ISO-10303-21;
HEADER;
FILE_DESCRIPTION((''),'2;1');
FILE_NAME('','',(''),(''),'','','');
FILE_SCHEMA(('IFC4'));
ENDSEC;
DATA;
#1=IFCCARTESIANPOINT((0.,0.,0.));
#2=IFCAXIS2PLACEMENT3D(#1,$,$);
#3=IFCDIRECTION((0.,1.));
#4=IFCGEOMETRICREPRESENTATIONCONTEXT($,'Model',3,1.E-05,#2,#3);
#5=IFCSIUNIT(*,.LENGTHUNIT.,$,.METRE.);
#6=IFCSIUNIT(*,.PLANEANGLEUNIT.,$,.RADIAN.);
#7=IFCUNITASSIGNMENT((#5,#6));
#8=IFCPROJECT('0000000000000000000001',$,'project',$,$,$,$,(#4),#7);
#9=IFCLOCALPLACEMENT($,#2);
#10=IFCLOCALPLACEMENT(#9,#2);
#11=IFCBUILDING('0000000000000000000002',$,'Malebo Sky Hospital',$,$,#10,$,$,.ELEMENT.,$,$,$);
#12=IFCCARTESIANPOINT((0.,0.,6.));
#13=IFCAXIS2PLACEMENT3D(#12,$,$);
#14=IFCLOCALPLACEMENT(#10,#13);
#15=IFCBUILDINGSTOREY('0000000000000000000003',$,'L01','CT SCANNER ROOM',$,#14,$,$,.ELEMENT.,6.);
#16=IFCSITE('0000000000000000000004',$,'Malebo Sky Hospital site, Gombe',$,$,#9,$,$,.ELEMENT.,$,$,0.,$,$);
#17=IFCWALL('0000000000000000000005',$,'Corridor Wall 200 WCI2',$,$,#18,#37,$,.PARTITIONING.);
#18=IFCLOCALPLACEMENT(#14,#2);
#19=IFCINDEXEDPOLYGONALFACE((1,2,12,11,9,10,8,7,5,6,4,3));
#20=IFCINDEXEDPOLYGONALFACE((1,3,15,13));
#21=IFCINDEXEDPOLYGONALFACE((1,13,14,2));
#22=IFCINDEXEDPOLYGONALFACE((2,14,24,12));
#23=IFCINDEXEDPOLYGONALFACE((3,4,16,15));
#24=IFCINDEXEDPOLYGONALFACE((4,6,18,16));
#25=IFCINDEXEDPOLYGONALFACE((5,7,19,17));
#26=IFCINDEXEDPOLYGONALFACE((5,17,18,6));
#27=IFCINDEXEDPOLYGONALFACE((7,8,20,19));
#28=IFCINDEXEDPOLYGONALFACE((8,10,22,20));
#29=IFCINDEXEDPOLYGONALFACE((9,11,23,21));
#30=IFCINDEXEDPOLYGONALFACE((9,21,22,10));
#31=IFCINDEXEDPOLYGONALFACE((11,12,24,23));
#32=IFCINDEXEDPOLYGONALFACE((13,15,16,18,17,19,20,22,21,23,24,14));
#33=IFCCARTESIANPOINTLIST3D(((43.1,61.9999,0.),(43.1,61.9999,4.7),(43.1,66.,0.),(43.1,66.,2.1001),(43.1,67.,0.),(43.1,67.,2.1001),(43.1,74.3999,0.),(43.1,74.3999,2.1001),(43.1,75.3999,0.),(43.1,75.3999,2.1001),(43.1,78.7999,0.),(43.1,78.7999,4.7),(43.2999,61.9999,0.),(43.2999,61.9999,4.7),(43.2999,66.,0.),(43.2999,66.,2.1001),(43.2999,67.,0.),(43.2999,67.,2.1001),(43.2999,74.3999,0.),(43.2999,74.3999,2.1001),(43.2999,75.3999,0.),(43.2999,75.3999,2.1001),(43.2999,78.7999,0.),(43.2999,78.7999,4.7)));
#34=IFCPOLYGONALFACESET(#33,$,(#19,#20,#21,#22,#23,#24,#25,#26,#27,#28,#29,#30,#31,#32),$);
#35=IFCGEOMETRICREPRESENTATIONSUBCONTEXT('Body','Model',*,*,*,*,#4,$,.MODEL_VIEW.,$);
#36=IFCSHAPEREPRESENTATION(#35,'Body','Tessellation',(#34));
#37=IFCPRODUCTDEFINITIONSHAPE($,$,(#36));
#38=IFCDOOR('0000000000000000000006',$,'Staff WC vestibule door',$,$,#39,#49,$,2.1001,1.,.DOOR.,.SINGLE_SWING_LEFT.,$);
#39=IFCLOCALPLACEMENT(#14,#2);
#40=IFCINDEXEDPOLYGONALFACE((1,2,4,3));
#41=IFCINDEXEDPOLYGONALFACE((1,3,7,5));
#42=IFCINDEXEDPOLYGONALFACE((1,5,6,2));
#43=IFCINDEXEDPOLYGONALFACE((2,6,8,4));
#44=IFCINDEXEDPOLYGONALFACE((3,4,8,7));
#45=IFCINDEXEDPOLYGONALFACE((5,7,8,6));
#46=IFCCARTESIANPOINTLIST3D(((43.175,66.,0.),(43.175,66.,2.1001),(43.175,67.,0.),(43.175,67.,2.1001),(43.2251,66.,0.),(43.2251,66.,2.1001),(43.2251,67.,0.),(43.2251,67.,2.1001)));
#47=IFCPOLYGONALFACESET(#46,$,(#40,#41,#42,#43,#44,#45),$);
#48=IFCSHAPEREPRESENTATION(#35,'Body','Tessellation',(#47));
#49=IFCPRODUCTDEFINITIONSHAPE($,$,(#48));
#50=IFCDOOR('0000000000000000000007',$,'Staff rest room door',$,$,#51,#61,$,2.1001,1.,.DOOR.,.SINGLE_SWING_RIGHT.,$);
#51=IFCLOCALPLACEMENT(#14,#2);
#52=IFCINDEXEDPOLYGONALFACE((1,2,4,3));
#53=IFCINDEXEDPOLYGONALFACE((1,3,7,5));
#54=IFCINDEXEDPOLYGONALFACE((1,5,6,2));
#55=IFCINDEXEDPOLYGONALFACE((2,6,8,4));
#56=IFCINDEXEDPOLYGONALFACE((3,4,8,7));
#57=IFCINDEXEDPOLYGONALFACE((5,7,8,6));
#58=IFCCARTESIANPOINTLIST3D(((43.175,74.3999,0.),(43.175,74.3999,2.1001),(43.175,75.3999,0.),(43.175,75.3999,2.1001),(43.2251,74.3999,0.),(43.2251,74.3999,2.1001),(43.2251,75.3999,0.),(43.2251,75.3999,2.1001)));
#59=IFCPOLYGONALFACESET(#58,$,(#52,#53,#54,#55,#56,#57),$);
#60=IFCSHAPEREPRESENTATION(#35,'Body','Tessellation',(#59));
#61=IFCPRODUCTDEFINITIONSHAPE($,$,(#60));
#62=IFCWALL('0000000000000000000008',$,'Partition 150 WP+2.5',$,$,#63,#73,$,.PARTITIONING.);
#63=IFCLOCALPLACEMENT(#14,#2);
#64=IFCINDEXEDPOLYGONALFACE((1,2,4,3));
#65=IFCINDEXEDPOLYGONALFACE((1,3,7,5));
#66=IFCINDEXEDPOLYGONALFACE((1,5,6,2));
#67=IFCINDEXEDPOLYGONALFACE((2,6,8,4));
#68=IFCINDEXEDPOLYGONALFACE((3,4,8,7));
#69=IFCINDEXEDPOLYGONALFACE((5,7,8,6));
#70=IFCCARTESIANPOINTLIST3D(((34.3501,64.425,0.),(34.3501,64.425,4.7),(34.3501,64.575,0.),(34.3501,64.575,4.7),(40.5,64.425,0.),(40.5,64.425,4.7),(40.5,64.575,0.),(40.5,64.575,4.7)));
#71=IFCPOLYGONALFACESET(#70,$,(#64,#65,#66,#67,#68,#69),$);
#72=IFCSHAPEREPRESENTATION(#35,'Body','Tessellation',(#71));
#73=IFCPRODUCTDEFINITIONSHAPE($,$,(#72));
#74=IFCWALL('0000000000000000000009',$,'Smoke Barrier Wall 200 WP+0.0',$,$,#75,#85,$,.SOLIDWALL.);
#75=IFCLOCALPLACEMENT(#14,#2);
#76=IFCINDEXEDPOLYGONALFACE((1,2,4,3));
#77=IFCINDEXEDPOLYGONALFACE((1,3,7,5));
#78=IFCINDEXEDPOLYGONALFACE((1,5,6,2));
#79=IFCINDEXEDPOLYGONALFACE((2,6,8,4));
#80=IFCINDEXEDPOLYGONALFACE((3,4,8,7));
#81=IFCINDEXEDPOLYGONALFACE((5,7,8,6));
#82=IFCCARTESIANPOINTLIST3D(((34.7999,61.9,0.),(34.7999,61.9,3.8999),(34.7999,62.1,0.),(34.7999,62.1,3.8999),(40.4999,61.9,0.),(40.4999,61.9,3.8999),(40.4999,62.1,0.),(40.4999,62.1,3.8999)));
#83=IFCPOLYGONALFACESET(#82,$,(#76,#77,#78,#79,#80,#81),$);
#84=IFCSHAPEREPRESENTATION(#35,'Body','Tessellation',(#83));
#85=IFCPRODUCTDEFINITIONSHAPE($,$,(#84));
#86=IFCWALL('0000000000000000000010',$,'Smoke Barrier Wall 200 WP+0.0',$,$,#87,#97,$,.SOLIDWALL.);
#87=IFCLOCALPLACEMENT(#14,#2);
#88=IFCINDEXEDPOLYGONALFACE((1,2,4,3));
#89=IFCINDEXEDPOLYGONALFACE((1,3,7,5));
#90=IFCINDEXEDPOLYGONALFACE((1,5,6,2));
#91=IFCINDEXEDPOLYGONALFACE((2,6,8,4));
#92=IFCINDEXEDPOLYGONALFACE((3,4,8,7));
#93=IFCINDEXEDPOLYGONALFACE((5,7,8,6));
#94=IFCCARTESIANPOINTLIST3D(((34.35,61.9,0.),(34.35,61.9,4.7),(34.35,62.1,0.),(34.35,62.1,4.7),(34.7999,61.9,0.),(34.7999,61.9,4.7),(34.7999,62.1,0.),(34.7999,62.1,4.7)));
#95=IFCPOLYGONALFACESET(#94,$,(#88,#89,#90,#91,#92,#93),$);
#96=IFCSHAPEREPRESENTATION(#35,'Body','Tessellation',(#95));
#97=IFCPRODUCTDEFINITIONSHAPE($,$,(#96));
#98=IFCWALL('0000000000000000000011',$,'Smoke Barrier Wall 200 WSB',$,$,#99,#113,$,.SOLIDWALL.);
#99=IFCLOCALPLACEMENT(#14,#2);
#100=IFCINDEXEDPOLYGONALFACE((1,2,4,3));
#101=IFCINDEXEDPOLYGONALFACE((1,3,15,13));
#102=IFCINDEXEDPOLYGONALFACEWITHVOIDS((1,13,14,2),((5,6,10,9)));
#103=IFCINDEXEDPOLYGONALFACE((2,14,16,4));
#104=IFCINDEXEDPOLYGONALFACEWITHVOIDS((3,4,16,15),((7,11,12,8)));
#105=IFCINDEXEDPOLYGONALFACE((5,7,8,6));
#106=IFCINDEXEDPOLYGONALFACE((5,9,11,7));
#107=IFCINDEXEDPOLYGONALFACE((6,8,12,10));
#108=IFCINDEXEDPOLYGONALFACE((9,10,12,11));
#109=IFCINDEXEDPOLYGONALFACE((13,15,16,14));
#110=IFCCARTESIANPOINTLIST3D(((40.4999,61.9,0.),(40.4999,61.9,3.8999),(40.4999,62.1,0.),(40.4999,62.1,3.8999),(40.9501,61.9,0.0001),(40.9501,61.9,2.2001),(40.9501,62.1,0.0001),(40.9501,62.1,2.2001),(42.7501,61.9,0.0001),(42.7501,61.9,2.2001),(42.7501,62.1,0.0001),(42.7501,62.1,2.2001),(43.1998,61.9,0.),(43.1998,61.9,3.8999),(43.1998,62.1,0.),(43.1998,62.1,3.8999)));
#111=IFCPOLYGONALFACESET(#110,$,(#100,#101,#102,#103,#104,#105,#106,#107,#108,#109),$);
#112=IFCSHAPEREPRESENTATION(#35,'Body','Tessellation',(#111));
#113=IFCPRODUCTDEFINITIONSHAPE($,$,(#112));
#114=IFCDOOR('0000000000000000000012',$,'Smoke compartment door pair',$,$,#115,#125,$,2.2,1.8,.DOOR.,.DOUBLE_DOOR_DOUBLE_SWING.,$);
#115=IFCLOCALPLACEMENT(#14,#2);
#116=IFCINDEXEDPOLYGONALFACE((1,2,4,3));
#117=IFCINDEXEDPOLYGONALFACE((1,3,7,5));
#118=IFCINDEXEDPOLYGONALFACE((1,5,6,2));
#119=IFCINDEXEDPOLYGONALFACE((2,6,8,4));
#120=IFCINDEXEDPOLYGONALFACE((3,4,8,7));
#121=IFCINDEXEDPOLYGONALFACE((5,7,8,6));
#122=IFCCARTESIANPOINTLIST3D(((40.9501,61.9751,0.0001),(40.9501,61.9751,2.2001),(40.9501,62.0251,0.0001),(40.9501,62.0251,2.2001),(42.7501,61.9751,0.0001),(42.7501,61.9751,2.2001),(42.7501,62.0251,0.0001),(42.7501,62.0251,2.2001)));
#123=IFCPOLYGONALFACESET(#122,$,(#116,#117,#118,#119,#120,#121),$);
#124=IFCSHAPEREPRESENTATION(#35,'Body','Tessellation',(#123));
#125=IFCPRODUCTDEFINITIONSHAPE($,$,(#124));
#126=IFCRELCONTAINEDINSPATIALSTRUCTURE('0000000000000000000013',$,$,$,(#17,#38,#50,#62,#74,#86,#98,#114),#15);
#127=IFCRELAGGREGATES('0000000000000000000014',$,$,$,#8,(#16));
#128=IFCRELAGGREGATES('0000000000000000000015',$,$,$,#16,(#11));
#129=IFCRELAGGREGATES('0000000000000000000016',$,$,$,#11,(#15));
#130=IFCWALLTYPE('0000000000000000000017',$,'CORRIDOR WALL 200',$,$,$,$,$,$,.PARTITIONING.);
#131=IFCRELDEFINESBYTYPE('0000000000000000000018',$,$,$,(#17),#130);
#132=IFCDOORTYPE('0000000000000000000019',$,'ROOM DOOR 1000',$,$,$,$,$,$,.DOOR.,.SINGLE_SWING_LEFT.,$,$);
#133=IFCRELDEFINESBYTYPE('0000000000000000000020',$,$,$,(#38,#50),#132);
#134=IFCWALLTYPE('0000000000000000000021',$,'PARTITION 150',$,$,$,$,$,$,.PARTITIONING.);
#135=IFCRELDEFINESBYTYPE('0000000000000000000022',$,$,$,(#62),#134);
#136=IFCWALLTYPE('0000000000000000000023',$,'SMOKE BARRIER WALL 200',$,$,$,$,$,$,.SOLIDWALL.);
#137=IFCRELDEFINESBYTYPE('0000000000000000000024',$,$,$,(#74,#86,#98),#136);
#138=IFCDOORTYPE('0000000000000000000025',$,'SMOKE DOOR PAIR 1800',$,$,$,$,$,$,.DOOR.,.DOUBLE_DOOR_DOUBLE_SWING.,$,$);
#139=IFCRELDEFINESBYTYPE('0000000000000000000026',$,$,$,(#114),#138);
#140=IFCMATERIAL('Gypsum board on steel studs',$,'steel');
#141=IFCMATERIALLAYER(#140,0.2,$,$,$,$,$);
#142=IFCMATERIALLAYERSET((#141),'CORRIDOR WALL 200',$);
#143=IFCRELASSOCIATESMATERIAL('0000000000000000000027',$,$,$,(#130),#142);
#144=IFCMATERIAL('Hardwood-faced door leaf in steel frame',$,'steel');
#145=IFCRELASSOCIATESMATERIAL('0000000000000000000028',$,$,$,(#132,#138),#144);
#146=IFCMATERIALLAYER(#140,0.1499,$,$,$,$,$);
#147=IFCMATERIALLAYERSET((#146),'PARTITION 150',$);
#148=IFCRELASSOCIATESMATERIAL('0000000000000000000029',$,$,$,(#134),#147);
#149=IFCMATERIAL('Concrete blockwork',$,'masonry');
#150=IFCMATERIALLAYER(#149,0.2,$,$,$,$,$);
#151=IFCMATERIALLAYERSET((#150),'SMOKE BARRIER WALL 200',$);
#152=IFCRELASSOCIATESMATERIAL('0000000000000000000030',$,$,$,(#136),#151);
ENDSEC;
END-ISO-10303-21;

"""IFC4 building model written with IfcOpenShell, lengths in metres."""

from ifc_helpers import new_model, si_unit, direction, frame, frame_2d, origin, place, context, subcontext, project, spatial, rectangle, extrude, material, layer, layer_set, type_object, element, fill, save


model = new_model("IFC4")

# Units and contexts
model_context = context("Model", 3, precision=1e-05, world=origin(), true_north=direction((0.0, 1.0)))
body_context = subcontext(model_context, "Body", "Model", "MODEL_VIEW")
ifc_project = project(units=[si_unit("LENGTHUNIT", "METRE"), si_unit("PLANEANGLEUNIT", "RADIAN")], contexts=[model_context])

# Site, building, storey
site_placement = place(None, origin())
site = spatial("IfcSite", under=ifc_project, at=site_placement, Name="Malebo Sky Hospital site, Gombe", CompositionType="ELEMENT", RefElevation=0.0)
building_placement = place(site_placement, origin())
building = spatial("IfcBuilding", under=site, at=building_placement, Name="Malebo Sky Hospital", CompositionType="ELEMENT")
storey_placement = place(building_placement, frame((0.0, 0.0, 6.0)))
storey = spatial("IfcBuildingStorey", under=building, at=storey_placement, Name="L01", Description="CT SCANNER ROOM", CompositionType="ELEMENT", Elevation=6.0)

# Wall, openings, doors
ifc_material_1 = material(Name="Gypsum board on steel studs", Category="steel")
ifc_layer_1 = layer(ifc_material_1, 0.2)
ifc_layer_set_1 = layer_set([ifc_layer_1], Name="CORRIDOR WALL 200")
wall_type_1 = type_object("IfcWallType", Name="CORRIDOR WALL 200", PredefinedType="PARTITIONING", material=ifc_layer_set_1)
wall_1_placement = place(storey_placement, frame((43.2, 62.0, 0.0), z_axis=(0.0, 0.0, 1.0), x_axis=(0.0, 1.0, 0.0)))
wall_1 = element("IfcWall", 1, at=wall_1_placement, inside=storey, type_object=wall_type_1, Name="Corridor Wall 200 WCI2", PredefinedType="PARTITIONING", context=body_context, shape_type="SweptSolid", body=[
    extrude(rectangle(XDim=16.8, YDim=0.2, at=frame_2d((8.3999, 0.0))), origin(), (0.0, 0.0, 1.0), 4.7),
])
opening_1_placement = place(wall_1_placement, frame((4.0, 0.0, 0.0)))
opening_1 = element("IfcOpeningElement", 2, at=opening_1_placement, cuts=wall_1, PredefinedType="OPENING", context=body_context, shape_type="SweptSolid", body=[
    extrude(rectangle(XDim=1.0, YDim=2.1001, at=frame_2d((0.5, 1.05))), frame((0.0, 0.1099, 0.0), z_axis=(0.0, -1.0, 0.0), x_axis=(1.0, 0.0, 0.0)), (0.0, 0.0, 1.0), 0.22),
])
opening_2_placement = place(wall_1_placement, frame((12.3999, 0.0, 0.0)))
opening_2 = element("IfcOpeningElement", 3, at=opening_2_placement, cuts=wall_1, PredefinedType="OPENING", context=body_context, shape_type="SweptSolid", body=[
    extrude(rectangle(XDim=1.0, YDim=2.1001, at=frame_2d((0.5, 1.05))), frame((0.0, 0.1099, 0.0), z_axis=(0.0, -1.0, 0.0), x_axis=(1.0, 0.0, 0.0)), (0.0, 0.0, 1.0), 0.22),
])
ifc_material_2 = material(Name="Hardwood-faced door leaf in steel frame", Category="steel")
door_type_1 = type_object("IfcDoorType", Name="ROOM DOOR 1000", OperationType="SINGLE_SWING_LEFT", PredefinedType="DOOR", material=ifc_material_2)
door_1_placement = place(opening_1_placement, origin())
door_1 = element("IfcDoor", 4, at=door_1_placement, inside=storey, type_object=door_type_1, Name="Staff WC vestibule door", OperationType="SINGLE_SWING_LEFT", OverallHeight=2.1001, OverallWidth=1.0, PredefinedType="DOOR", context=body_context, shape_type="SweptSolid", body=[
    extrude(rectangle(XDim=1.0, YDim=2.1001, at=frame_2d((0.5, 1.05))), frame((0.0, 0.0249, 0.0), z_axis=(0.0, -1.0, 0.0), x_axis=(1.0, 0.0, 0.0)), (0.0, 0.0, 1.0), 0.05),
])
fill(opening_1, door_1)
door_2_placement = place(opening_2_placement, origin())
door_2 = element("IfcDoor", 5, at=door_2_placement, inside=storey, type_object=door_type_1, Name="Staff rest room door", OperationType="SINGLE_SWING_RIGHT", OverallHeight=2.1001, OverallWidth=1.0, PredefinedType="DOOR", context=body_context, shape_type="SweptSolid", body=[
    extrude(rectangle(XDim=1.0, YDim=2.1001, at=frame_2d((0.5, 1.05))), frame((0.0, 0.0249, 0.0), z_axis=(0.0, -1.0, 0.0), x_axis=(1.0, 0.0, 0.0)), (0.0, 0.0, 1.0), 0.05),
])
fill(opening_2, door_2)

# Walls
ifc_layer_2 = layer(ifc_material_1, 0.1499)
ifc_layer_set_2 = layer_set([ifc_layer_2], Name="PARTITION 150")
wall_type_2 = type_object("IfcWallType", Name="PARTITION 150", PredefinedType="PARTITIONING", material=ifc_layer_set_2)
wall_2_placement = place(storey_placement, frame((40.5, 64.5, 0.0), z_axis=(0.0, 0.0, 1.0), x_axis=(-1.0, 0.0, 0.0)))
element("IfcWall", 6, at=wall_2_placement, inside=storey, type_object=wall_type_2, Name="Partition 150 WP+2.5", PredefinedType="PARTITIONING", context=body_context, shape_type="SweptSolid", body=[
    extrude(rectangle(XDim=6.1499, YDim=0.1499, at=frame_2d((3.075, 0.0))), origin(), (0.0, 0.0, 1.0), 4.7),
])
ifc_material_3 = material(Name="Concrete blockwork", Category="masonry")
ifc_layer_3 = layer(ifc_material_3, 0.2)
ifc_layer_set_3 = layer_set([ifc_layer_3], Name="SMOKE BARRIER WALL 200")
wall_type_3 = type_object("IfcWallType", Name="SMOKE BARRIER WALL 200", PredefinedType="SOLIDWALL", material=ifc_layer_set_3)
wall_3_placement = place(storey_placement, frame((40.5, 62.0, 0.0), z_axis=(0.0, 0.0, 1.0), x_axis=(-1.0, 0.0, 0.0)))
element("IfcWall", 7, at=wall_3_placement, inside=storey, type_object=wall_type_3, Name="Smoke Barrier Wall 200 WP+0.0", PredefinedType="SOLIDWALL", context=body_context, shape_type="SweptSolid", body=[
    extrude(rectangle(XDim=5.7, YDim=0.2, at=frame_2d((2.8501, 0.0))), origin(), (0.0, 0.0, 1.0), 3.8999),
])
wall_4_placement = place(storey_placement, frame((34.8, 62.0, 0.0), z_axis=(0.0, 0.0, 1.0), x_axis=(-1.0, 0.0, 0.0)))
element("IfcWall", 8, at=wall_4_placement, inside=storey, type_object=wall_type_3, Name="Smoke Barrier Wall 200 WP+0.0", PredefinedType="SOLIDWALL", context=body_context, shape_type="SweptSolid", body=[
    extrude(rectangle(XDim=0.45, YDim=0.2, at=frame_2d((0.2251, 0.0))), origin(), (0.0, 0.0, 1.0), 4.7),
])

# Wall, opening, door
wall_5_placement = place(storey_placement, frame((43.2, 62.0, 0.0), z_axis=(0.0, 0.0, 1.0), x_axis=(-1.0, 0.0, 0.0)))
wall_5 = element("IfcWall", 9, at=wall_5_placement, inside=storey, type_object=wall_type_3, Name="Smoke Barrier Wall 200 WSB", PredefinedType="SOLIDWALL", context=body_context, shape_type="SweptSolid", body=[
    extrude(rectangle(XDim=2.7, YDim=0.2, at=frame_2d((1.3501, 0.0))), origin(), (0.0, 0.0, 1.0), 3.8999),
])
opening_3_placement = place(wall_5_placement, frame((0.45, 0.0, 0.0)))
opening_3 = element("IfcOpeningElement", 10, at=opening_3_placement, cuts=wall_5, PredefinedType="OPENING", context=body_context, shape_type="SweptSolid", body=[
    extrude(rectangle(XDim=1.8, YDim=2.2, at=frame_2d((0.8999, 1.1001))), frame((0.0, 0.1099, 0.0), z_axis=(0.0, -1.0, 0.0), x_axis=(1.0, 0.0, 0.0)), (0.0, 0.0, 1.0), 0.22),
])
door_type_2 = type_object("IfcDoorType", Name="SMOKE DOOR PAIR 1800", OperationType="DOUBLE_DOOR_DOUBLE_SWING", PredefinedType="DOOR", material=ifc_material_2)
door_3_placement = place(opening_3_placement, origin())
door_3 = element("IfcDoor", 11, at=door_3_placement, inside=storey, type_object=door_type_2, Name="Smoke compartment door pair", OperationType="DOUBLE_DOOR_DOUBLE_SWING", OverallHeight=2.2, OverallWidth=1.8, PredefinedType="DOOR", context=body_context, shape_type="SweptSolid", body=[
    extrude(rectangle(XDim=1.8, YDim=2.2, at=frame_2d((0.8999, 1.1001))), frame((0.0, 0.0249, 0.0), z_axis=(0.0, -1.0, 0.0), x_axis=(1.0, 0.0, 0.0)), (0.0, 0.0, 1.0), 0.05),
])
fill(opening_3, door_3)

save(model, "model.ifc")
